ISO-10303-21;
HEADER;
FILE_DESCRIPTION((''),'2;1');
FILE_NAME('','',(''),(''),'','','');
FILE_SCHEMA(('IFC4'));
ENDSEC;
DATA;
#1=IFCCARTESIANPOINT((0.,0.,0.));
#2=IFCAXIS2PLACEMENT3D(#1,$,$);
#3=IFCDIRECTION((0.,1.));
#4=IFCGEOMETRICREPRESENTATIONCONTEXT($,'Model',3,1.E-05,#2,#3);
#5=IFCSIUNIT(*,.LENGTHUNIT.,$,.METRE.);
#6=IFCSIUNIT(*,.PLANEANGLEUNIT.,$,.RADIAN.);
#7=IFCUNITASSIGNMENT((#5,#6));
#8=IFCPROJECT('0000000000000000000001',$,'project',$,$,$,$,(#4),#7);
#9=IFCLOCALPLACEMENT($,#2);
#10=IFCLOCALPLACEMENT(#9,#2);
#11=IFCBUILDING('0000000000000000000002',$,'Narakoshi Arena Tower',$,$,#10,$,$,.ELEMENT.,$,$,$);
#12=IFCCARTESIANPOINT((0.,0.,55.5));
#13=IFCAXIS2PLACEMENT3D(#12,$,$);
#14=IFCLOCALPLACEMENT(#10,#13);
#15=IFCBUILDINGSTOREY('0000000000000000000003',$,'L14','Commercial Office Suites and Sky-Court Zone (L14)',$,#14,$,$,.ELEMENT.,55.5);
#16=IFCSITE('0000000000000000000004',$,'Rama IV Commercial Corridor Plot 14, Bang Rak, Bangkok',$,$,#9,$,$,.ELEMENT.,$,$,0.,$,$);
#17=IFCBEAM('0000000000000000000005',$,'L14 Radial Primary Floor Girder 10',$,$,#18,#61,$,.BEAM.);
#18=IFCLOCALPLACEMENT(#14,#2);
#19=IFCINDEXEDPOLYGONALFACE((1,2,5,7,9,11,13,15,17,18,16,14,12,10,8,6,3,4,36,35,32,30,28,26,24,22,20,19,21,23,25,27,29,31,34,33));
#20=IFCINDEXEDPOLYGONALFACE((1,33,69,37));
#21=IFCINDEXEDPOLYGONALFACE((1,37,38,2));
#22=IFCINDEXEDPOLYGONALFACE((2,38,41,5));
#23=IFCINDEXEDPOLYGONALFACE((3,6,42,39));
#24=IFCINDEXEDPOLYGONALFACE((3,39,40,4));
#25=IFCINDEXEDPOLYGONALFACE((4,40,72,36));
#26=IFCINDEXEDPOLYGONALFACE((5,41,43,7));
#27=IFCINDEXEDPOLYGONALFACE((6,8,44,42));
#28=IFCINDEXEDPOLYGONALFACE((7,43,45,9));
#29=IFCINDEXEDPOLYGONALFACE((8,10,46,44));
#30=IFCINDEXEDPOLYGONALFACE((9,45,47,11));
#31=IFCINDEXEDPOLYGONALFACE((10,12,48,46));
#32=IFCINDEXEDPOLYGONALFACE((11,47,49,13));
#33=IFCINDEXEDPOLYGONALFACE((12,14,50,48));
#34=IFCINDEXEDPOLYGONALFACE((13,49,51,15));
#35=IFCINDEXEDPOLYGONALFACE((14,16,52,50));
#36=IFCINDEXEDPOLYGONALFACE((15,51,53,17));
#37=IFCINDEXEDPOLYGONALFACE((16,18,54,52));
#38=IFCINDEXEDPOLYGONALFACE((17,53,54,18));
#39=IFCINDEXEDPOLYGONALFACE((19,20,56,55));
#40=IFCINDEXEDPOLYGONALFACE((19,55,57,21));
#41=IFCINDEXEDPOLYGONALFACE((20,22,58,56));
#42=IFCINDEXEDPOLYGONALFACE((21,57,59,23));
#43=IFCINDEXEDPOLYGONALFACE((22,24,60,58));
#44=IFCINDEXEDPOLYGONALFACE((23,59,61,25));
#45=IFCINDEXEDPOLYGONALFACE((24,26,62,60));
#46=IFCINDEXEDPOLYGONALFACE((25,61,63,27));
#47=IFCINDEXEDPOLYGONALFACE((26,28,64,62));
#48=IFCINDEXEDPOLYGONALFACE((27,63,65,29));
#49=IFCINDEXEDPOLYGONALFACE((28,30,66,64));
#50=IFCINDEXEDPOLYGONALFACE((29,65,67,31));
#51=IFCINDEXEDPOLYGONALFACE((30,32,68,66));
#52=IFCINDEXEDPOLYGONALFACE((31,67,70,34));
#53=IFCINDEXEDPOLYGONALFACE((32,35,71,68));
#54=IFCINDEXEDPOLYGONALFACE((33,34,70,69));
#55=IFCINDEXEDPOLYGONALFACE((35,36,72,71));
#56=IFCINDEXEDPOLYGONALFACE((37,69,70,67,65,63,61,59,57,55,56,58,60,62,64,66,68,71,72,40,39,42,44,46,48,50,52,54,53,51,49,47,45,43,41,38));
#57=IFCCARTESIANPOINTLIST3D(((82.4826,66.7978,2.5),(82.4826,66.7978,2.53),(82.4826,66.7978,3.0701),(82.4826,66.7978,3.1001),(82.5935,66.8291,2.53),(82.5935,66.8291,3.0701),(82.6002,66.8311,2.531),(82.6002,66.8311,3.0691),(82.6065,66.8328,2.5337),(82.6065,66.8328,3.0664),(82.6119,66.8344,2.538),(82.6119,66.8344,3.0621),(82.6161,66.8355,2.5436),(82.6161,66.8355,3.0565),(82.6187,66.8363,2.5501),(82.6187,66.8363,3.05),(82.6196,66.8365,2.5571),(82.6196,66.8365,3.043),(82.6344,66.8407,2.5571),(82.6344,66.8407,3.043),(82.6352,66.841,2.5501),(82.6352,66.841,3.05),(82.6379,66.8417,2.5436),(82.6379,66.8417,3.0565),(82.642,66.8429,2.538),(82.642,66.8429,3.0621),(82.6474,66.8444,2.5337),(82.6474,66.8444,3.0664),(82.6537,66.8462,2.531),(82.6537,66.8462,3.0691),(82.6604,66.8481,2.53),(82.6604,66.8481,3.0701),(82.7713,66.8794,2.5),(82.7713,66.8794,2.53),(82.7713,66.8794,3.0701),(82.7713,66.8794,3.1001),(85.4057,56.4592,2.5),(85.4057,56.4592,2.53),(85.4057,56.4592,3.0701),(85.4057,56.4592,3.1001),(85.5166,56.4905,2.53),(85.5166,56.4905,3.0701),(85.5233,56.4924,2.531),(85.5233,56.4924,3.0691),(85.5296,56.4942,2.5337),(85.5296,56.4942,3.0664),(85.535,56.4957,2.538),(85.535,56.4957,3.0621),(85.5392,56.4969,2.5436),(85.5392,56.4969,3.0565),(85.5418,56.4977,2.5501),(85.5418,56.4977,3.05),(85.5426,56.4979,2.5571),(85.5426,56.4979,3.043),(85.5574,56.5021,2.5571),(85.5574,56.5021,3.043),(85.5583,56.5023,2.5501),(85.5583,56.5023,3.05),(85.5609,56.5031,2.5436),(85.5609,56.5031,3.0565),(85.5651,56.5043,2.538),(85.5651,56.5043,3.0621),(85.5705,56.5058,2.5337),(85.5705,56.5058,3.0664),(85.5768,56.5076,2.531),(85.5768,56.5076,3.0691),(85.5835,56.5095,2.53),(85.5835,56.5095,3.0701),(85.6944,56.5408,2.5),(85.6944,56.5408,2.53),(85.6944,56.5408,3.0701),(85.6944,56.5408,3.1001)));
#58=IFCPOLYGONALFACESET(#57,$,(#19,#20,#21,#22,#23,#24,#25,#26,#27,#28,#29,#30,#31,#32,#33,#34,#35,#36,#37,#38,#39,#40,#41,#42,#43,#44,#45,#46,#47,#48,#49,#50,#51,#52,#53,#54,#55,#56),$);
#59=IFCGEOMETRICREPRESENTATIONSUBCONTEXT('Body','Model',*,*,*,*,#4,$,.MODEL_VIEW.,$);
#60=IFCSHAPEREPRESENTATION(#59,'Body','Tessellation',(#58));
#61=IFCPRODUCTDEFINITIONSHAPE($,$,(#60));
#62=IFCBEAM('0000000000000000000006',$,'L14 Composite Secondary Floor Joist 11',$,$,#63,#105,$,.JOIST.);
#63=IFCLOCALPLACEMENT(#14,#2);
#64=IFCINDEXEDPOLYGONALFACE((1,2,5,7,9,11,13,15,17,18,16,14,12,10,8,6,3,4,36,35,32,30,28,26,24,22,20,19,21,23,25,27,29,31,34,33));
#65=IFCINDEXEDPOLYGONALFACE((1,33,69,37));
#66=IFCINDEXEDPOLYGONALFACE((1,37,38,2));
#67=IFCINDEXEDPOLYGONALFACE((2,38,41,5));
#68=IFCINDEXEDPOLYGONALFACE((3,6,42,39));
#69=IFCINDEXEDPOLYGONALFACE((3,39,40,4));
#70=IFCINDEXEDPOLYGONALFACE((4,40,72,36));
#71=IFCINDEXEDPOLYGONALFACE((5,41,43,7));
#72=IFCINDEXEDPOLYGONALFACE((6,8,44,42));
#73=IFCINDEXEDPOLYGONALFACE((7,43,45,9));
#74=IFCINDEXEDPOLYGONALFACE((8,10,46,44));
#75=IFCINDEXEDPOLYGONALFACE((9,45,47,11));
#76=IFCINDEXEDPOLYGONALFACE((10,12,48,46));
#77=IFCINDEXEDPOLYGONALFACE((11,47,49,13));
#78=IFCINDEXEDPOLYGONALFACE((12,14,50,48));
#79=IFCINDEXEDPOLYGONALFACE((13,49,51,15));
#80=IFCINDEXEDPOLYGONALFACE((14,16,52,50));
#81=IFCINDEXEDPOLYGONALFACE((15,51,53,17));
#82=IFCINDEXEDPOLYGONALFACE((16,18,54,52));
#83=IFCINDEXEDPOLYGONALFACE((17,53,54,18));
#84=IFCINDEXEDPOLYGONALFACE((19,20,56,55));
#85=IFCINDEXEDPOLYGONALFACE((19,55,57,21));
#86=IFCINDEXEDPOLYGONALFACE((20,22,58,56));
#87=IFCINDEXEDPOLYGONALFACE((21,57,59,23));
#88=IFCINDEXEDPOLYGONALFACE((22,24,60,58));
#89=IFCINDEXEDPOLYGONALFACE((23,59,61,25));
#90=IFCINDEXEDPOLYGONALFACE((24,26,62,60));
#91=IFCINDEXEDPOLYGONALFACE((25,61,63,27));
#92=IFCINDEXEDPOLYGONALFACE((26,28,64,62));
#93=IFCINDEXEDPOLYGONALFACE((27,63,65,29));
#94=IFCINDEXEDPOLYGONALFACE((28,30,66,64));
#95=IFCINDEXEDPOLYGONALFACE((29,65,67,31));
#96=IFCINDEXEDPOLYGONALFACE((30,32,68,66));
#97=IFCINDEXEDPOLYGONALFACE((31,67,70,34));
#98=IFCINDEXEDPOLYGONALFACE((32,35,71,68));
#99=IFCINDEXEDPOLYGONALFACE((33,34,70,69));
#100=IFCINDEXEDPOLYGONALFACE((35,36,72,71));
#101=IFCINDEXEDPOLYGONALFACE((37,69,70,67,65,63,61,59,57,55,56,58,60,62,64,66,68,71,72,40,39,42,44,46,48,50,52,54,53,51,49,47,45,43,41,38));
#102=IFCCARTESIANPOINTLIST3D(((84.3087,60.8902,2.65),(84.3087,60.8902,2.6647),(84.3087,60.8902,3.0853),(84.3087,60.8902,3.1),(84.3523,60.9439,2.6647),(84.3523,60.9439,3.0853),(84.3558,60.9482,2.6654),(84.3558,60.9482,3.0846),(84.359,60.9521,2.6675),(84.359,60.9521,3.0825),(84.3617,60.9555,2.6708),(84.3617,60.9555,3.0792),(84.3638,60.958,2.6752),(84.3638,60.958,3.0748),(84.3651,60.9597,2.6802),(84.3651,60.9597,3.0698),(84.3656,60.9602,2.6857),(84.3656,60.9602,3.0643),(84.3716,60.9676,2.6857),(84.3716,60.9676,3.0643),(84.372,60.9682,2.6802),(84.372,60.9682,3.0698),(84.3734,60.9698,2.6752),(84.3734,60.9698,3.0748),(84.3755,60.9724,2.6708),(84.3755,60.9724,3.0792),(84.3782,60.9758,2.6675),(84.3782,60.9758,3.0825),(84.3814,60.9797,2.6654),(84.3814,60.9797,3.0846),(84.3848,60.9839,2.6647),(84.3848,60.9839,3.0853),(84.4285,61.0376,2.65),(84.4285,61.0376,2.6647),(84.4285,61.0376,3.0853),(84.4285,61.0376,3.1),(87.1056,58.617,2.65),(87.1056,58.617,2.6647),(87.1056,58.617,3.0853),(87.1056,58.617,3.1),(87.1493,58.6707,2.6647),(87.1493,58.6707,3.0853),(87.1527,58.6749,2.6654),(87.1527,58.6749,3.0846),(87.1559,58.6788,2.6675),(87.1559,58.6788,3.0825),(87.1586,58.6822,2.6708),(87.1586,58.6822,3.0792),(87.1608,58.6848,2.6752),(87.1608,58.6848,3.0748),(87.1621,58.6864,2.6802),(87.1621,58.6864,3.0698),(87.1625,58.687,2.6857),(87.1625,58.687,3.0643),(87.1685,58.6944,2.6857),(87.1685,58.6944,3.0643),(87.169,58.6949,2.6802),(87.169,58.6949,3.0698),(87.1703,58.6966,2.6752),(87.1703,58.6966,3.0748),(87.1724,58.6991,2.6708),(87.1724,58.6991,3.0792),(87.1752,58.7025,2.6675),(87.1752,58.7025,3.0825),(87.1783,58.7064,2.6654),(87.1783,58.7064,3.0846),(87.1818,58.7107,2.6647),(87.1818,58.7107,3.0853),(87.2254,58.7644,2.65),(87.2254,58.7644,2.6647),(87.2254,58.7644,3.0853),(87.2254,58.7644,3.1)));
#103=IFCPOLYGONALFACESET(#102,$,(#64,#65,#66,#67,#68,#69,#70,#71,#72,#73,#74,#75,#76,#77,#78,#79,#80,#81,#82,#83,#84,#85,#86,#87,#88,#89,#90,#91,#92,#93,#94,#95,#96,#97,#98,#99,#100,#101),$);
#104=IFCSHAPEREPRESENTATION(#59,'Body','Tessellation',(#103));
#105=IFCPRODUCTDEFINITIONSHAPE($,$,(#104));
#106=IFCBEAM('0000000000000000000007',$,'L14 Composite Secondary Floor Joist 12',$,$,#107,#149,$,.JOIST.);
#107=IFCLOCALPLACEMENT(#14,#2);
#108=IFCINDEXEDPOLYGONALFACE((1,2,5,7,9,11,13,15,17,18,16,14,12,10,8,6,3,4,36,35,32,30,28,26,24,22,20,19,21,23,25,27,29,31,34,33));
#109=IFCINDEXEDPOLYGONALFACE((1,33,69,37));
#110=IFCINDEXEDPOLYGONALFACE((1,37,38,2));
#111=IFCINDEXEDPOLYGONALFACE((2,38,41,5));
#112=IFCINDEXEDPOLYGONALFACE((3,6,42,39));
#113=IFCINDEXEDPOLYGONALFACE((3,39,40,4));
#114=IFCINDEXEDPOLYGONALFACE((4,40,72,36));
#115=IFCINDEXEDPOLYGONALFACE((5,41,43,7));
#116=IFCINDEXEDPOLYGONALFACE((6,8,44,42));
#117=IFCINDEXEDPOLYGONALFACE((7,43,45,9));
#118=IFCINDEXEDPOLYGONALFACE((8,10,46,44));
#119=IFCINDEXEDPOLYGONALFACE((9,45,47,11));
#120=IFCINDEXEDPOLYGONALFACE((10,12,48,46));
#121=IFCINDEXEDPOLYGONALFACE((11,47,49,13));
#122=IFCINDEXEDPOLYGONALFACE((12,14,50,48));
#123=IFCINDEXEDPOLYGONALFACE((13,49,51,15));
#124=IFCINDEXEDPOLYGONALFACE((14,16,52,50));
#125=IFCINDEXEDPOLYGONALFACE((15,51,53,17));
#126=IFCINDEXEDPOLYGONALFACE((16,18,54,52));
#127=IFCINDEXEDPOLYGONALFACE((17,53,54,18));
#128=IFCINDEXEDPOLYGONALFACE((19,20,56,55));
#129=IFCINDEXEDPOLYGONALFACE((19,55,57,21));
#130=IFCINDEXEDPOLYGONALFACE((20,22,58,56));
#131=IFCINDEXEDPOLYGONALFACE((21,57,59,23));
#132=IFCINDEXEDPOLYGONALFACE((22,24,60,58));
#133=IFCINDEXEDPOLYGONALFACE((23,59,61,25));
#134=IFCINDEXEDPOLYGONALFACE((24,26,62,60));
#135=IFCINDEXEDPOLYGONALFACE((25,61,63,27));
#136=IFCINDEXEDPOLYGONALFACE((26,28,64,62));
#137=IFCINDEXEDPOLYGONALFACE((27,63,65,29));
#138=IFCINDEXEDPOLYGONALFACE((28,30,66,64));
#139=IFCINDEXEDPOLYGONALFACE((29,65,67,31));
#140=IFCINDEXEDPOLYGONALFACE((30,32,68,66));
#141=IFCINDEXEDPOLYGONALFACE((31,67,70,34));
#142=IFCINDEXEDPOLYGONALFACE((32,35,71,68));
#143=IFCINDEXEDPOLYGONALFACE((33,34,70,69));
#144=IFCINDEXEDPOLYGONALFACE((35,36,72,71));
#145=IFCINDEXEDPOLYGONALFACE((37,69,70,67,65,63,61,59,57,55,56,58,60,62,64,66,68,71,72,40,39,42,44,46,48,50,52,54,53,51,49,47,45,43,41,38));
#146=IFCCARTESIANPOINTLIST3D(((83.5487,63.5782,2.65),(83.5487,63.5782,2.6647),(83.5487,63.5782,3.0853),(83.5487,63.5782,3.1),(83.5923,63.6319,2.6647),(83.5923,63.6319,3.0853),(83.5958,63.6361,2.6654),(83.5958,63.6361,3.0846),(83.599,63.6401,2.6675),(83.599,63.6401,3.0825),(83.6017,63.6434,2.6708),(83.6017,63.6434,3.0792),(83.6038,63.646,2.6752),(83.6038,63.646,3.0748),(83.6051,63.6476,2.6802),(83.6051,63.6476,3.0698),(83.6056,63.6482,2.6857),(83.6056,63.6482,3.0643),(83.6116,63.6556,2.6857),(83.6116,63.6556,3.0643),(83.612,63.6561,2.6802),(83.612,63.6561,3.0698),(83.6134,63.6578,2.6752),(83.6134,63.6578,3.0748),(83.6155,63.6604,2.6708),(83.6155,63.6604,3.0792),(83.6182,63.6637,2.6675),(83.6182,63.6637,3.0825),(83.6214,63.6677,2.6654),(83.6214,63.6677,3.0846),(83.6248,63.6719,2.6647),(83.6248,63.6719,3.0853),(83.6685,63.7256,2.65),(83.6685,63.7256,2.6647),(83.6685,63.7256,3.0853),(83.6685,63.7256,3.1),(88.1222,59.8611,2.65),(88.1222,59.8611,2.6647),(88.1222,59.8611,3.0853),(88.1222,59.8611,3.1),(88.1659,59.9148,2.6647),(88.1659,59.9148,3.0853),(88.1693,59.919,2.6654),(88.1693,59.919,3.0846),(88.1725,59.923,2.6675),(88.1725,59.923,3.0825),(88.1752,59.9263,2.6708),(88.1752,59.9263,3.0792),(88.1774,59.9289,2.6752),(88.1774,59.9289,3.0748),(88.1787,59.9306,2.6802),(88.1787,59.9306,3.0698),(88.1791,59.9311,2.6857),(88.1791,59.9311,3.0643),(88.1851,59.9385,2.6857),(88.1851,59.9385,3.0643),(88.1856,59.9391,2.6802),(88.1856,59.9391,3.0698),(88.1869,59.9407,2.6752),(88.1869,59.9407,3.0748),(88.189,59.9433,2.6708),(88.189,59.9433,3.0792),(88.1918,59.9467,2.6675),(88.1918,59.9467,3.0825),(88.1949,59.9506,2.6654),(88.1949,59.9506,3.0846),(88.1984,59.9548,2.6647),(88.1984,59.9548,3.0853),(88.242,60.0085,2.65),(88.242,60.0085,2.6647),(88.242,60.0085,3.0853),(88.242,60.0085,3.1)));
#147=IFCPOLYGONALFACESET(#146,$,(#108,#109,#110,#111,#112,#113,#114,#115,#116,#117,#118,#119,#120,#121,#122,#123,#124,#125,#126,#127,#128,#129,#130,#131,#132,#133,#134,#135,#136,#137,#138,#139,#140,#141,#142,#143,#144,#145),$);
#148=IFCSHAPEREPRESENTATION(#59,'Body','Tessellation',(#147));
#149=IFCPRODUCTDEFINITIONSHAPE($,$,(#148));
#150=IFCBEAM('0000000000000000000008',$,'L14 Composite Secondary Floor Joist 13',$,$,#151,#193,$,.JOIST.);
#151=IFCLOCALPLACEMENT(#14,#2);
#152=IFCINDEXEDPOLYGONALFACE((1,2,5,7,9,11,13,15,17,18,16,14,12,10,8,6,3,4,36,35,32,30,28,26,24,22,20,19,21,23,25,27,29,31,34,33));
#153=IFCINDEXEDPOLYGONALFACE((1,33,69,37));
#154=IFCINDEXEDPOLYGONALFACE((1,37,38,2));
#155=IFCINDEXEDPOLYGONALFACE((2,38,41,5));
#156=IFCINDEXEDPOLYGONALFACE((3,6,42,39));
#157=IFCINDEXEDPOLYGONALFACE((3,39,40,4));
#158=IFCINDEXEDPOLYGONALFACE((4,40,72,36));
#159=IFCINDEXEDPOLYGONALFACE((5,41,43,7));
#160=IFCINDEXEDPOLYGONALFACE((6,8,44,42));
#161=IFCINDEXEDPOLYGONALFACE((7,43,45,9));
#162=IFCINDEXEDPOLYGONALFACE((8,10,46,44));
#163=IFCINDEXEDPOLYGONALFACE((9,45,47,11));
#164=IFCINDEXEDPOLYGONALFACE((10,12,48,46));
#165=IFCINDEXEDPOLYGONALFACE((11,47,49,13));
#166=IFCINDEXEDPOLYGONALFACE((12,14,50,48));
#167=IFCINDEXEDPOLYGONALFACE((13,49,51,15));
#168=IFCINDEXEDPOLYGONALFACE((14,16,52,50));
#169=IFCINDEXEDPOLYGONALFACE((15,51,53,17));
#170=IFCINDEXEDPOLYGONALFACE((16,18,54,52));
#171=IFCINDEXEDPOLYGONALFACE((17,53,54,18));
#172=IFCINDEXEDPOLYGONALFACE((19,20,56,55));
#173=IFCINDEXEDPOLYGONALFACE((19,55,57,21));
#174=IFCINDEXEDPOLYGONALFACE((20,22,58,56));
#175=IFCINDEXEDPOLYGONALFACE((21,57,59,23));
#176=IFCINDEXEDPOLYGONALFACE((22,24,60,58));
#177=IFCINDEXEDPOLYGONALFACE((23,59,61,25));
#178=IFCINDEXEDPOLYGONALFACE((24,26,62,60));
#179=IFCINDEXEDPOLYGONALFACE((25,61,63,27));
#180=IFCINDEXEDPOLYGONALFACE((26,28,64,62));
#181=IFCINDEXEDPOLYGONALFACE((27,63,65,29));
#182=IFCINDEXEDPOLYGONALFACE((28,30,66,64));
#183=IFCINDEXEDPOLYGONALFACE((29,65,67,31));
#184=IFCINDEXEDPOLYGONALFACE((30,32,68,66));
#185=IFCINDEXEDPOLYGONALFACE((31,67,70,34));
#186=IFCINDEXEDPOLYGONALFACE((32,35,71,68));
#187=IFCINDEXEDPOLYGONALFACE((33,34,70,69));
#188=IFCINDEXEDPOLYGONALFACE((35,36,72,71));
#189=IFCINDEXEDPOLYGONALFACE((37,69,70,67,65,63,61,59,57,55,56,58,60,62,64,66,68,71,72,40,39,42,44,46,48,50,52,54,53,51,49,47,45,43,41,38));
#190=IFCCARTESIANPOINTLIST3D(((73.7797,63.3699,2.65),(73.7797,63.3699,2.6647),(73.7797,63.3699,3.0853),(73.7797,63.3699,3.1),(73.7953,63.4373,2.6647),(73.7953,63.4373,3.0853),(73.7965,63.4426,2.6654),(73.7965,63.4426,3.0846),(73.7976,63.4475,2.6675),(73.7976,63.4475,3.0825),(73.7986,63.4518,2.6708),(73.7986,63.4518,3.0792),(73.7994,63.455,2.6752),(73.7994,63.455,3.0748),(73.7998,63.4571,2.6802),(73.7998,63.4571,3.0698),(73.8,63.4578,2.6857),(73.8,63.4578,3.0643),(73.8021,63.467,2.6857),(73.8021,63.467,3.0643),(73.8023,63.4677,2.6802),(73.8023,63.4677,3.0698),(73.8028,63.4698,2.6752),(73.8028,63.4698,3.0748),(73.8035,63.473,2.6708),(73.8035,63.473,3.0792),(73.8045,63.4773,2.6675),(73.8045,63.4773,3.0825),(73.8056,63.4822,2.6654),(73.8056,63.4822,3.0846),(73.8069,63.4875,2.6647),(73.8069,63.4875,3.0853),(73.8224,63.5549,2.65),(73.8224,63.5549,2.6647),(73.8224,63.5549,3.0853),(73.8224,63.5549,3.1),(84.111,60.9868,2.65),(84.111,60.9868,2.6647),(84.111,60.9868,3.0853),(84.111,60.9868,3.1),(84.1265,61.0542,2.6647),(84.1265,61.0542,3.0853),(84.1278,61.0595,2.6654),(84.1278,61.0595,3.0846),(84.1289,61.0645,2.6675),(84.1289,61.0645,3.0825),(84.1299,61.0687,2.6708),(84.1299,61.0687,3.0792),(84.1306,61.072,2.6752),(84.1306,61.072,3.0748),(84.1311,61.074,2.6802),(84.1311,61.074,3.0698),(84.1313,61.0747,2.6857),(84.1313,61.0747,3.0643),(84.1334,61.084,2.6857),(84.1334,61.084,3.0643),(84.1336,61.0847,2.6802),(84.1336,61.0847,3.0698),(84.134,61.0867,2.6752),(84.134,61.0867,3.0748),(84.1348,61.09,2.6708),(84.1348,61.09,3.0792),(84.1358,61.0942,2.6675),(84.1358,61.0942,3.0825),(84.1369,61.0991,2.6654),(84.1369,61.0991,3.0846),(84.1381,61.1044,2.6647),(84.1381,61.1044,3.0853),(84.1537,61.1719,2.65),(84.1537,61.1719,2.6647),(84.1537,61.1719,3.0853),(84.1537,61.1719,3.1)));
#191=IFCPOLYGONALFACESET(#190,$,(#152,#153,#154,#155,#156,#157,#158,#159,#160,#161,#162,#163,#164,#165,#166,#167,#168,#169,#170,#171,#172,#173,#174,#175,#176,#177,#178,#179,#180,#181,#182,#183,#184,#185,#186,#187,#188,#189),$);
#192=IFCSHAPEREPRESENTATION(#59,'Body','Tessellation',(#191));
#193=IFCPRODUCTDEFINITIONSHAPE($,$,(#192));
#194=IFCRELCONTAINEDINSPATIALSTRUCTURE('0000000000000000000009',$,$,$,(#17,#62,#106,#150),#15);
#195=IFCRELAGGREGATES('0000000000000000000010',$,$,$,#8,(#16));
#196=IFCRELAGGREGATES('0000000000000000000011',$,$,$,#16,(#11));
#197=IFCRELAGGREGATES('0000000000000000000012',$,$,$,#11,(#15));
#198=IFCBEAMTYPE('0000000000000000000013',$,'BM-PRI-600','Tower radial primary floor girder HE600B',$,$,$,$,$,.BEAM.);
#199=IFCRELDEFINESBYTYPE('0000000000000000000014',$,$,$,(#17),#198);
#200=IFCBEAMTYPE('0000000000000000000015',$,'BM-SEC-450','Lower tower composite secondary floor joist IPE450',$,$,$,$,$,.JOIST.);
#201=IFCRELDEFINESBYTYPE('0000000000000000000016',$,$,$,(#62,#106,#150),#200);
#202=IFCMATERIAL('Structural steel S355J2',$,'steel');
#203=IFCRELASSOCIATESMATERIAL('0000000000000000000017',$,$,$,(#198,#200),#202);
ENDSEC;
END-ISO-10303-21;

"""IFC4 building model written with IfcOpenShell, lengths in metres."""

from ifc_helpers import new_model, si_unit, direction, frame, origin, origin_2d, place, context, subcontext, project, spatial, i_section, extrude, material, material_profile, profile_set, type_object, element, save


model = new_model("IFC4")

# Units and contexts
model_context = context("Model", 3, precision=1e-05, world=origin(), true_north=direction((0.0, 1.0)))
body_context = subcontext(model_context, "Body", "Model", "MODEL_VIEW")
ifc_project = project(units=[si_unit("LENGTHUNIT", "METRE"), si_unit("PLANEANGLEUNIT", "RADIAN")], contexts=[model_context])

# Site, building, storey
site_placement = place(None, origin())
site = spatial("IfcSite", under=ifc_project, at=site_placement, Name="Rama IV Commercial Corridor Plot 14, Bang Rak, Bangkok", CompositionType="ELEMENT", RefElevation=0.0)
building_placement = place(site_placement, origin())
building = spatial("IfcBuilding", under=site, at=building_placement, Name="Narakoshi Arena Tower", CompositionType="ELEMENT")
storey_placement = place(building_placement, frame((0.0, 0.0, 55.5)))
storey = spatial("IfcBuildingStorey", under=building, at=storey_placement, Name="L14", Description="Commercial Office Suites and Sky-Court Zone (L14)", CompositionType="ELEMENT", Elevation=55.5)

# Beams
ifc_material_1 = material(Name="Structural steel S355J2", Category="steel")
ifc_material_profile_1 = material_profile(ifc_material_1, i_section(OverallWidth=0.3, OverallDepth=0.6001, WebThickness=0.0154, FlangeThickness=0.03, FilletRadius=0.0271, at=origin_2d()), Name="HE600B")
ifc_profile_set_1 = profile_set([ifc_material_profile_1], Name="Structural steel S355J2")
beam_type_1 = type_object("IfcBeamType", Name="BM-PRI-600", Description="Tower radial primary floor girder HE600B", PredefinedType="BEAM", material=ifc_profile_set_1)
beam_1_placement = place(storey_placement, frame((85.55, 56.5, 2.8), z_axis=(-0.27207, 0.962277, 0.0), x_axis=(-0.962277, -0.27207, 0.0)))
element("IfcBeam", 1, at=beam_1_placement, inside=storey, type_object=beam_type_1, Name="L14 Radial Primary Floor Girder 10", PredefinedType="BEAM", context=body_context, shape_type="SweptSolid", body=[
    extrude(i_section(OverallWidth=0.3, OverallDepth=0.6001, WebThickness=0.0154, FlangeThickness=0.03, FilletRadius=0.0271, at=origin_2d()), origin(), (0.0, 0.0, 1.0), 10.7439),
])
ifc_material_profile_2 = material_profile(ifc_material_1, i_section(OverallWidth=0.1899, OverallDepth=0.45, WebThickness=0.0095, FlangeThickness=0.0146, FilletRadius=0.021, at=origin_2d()), Name="IPE450")
ifc_profile_set_2 = profile_set([ifc_material_profile_2], Name="Structural steel S355J2")
beam_type_2 = type_object("IfcBeamType", Name="BM-SEC-450", Description="Lower tower composite secondary floor joist IPE450", PredefinedType="JOIST", material=ifc_profile_set_2)
beam_2_placement = place(storey_placement, frame((87.1655, 58.6907, 2.875), z_axis=(-0.776015, 0.630715, 0.0), x_axis=(-0.630715, -0.776015, 0.0)))
element("IfcBeam", 2, at=beam_2_placement, inside=storey, type_object=beam_type_2, Name="L14 Composite Secondary Floor Joist 11", PredefinedType="JOIST", context=body_context, shape_type="SweptSolid", body=[
    extrude(i_section(OverallWidth=0.1899, OverallDepth=0.45, WebThickness=0.0095, FlangeThickness=0.0146, FilletRadius=0.021, at=origin_2d()), origin(), (0.0, 0.0, 1.0), 3.6042),
])
beam_3_placement = place(storey_placement, frame((88.1821, 59.9348, 2.875), z_axis=(-0.776024, 0.630703, 0.0), x_axis=(-0.630703, -0.776024, 0.0)))
element("IfcBeam", 3, at=beam_3_placement, inside=storey, type_object=beam_type_2, Name="L14 Composite Secondary Floor Joist 12", PredefinedType="JOIST", context=body_context, shape_type="SweptSolid", body=[
    extrude(i_section(OverallWidth=0.1899, OverallDepth=0.45, WebThickness=0.0095, FlangeThickness=0.0146, FilletRadius=0.021, at=origin_2d()), origin(), (0.0, 0.0, 1.0), 5.8936),
])
beam_4_placement = place(storey_placement, frame((84.1323, 61.0793, 2.875), z_axis=(-0.974414, 0.224762, 0.0), x_axis=(-0.224762, -0.974414, 0.0)))
element("IfcBeam", 4, at=beam_4_placement, inside=storey, type_object=beam_type_2, Name="L14 Composite Secondary Floor Joist 13", PredefinedType="JOIST", context=body_context, shape_type="SweptSolid", body=[
    extrude(i_section(OverallWidth=0.1899, OverallDepth=0.45, WebThickness=0.0095, FlangeThickness=0.0146, FilletRadius=0.021, at=origin_2d()), origin(), (0.0, 0.0, 1.0), 10.6025),
])

save(model, "model.ifc")
